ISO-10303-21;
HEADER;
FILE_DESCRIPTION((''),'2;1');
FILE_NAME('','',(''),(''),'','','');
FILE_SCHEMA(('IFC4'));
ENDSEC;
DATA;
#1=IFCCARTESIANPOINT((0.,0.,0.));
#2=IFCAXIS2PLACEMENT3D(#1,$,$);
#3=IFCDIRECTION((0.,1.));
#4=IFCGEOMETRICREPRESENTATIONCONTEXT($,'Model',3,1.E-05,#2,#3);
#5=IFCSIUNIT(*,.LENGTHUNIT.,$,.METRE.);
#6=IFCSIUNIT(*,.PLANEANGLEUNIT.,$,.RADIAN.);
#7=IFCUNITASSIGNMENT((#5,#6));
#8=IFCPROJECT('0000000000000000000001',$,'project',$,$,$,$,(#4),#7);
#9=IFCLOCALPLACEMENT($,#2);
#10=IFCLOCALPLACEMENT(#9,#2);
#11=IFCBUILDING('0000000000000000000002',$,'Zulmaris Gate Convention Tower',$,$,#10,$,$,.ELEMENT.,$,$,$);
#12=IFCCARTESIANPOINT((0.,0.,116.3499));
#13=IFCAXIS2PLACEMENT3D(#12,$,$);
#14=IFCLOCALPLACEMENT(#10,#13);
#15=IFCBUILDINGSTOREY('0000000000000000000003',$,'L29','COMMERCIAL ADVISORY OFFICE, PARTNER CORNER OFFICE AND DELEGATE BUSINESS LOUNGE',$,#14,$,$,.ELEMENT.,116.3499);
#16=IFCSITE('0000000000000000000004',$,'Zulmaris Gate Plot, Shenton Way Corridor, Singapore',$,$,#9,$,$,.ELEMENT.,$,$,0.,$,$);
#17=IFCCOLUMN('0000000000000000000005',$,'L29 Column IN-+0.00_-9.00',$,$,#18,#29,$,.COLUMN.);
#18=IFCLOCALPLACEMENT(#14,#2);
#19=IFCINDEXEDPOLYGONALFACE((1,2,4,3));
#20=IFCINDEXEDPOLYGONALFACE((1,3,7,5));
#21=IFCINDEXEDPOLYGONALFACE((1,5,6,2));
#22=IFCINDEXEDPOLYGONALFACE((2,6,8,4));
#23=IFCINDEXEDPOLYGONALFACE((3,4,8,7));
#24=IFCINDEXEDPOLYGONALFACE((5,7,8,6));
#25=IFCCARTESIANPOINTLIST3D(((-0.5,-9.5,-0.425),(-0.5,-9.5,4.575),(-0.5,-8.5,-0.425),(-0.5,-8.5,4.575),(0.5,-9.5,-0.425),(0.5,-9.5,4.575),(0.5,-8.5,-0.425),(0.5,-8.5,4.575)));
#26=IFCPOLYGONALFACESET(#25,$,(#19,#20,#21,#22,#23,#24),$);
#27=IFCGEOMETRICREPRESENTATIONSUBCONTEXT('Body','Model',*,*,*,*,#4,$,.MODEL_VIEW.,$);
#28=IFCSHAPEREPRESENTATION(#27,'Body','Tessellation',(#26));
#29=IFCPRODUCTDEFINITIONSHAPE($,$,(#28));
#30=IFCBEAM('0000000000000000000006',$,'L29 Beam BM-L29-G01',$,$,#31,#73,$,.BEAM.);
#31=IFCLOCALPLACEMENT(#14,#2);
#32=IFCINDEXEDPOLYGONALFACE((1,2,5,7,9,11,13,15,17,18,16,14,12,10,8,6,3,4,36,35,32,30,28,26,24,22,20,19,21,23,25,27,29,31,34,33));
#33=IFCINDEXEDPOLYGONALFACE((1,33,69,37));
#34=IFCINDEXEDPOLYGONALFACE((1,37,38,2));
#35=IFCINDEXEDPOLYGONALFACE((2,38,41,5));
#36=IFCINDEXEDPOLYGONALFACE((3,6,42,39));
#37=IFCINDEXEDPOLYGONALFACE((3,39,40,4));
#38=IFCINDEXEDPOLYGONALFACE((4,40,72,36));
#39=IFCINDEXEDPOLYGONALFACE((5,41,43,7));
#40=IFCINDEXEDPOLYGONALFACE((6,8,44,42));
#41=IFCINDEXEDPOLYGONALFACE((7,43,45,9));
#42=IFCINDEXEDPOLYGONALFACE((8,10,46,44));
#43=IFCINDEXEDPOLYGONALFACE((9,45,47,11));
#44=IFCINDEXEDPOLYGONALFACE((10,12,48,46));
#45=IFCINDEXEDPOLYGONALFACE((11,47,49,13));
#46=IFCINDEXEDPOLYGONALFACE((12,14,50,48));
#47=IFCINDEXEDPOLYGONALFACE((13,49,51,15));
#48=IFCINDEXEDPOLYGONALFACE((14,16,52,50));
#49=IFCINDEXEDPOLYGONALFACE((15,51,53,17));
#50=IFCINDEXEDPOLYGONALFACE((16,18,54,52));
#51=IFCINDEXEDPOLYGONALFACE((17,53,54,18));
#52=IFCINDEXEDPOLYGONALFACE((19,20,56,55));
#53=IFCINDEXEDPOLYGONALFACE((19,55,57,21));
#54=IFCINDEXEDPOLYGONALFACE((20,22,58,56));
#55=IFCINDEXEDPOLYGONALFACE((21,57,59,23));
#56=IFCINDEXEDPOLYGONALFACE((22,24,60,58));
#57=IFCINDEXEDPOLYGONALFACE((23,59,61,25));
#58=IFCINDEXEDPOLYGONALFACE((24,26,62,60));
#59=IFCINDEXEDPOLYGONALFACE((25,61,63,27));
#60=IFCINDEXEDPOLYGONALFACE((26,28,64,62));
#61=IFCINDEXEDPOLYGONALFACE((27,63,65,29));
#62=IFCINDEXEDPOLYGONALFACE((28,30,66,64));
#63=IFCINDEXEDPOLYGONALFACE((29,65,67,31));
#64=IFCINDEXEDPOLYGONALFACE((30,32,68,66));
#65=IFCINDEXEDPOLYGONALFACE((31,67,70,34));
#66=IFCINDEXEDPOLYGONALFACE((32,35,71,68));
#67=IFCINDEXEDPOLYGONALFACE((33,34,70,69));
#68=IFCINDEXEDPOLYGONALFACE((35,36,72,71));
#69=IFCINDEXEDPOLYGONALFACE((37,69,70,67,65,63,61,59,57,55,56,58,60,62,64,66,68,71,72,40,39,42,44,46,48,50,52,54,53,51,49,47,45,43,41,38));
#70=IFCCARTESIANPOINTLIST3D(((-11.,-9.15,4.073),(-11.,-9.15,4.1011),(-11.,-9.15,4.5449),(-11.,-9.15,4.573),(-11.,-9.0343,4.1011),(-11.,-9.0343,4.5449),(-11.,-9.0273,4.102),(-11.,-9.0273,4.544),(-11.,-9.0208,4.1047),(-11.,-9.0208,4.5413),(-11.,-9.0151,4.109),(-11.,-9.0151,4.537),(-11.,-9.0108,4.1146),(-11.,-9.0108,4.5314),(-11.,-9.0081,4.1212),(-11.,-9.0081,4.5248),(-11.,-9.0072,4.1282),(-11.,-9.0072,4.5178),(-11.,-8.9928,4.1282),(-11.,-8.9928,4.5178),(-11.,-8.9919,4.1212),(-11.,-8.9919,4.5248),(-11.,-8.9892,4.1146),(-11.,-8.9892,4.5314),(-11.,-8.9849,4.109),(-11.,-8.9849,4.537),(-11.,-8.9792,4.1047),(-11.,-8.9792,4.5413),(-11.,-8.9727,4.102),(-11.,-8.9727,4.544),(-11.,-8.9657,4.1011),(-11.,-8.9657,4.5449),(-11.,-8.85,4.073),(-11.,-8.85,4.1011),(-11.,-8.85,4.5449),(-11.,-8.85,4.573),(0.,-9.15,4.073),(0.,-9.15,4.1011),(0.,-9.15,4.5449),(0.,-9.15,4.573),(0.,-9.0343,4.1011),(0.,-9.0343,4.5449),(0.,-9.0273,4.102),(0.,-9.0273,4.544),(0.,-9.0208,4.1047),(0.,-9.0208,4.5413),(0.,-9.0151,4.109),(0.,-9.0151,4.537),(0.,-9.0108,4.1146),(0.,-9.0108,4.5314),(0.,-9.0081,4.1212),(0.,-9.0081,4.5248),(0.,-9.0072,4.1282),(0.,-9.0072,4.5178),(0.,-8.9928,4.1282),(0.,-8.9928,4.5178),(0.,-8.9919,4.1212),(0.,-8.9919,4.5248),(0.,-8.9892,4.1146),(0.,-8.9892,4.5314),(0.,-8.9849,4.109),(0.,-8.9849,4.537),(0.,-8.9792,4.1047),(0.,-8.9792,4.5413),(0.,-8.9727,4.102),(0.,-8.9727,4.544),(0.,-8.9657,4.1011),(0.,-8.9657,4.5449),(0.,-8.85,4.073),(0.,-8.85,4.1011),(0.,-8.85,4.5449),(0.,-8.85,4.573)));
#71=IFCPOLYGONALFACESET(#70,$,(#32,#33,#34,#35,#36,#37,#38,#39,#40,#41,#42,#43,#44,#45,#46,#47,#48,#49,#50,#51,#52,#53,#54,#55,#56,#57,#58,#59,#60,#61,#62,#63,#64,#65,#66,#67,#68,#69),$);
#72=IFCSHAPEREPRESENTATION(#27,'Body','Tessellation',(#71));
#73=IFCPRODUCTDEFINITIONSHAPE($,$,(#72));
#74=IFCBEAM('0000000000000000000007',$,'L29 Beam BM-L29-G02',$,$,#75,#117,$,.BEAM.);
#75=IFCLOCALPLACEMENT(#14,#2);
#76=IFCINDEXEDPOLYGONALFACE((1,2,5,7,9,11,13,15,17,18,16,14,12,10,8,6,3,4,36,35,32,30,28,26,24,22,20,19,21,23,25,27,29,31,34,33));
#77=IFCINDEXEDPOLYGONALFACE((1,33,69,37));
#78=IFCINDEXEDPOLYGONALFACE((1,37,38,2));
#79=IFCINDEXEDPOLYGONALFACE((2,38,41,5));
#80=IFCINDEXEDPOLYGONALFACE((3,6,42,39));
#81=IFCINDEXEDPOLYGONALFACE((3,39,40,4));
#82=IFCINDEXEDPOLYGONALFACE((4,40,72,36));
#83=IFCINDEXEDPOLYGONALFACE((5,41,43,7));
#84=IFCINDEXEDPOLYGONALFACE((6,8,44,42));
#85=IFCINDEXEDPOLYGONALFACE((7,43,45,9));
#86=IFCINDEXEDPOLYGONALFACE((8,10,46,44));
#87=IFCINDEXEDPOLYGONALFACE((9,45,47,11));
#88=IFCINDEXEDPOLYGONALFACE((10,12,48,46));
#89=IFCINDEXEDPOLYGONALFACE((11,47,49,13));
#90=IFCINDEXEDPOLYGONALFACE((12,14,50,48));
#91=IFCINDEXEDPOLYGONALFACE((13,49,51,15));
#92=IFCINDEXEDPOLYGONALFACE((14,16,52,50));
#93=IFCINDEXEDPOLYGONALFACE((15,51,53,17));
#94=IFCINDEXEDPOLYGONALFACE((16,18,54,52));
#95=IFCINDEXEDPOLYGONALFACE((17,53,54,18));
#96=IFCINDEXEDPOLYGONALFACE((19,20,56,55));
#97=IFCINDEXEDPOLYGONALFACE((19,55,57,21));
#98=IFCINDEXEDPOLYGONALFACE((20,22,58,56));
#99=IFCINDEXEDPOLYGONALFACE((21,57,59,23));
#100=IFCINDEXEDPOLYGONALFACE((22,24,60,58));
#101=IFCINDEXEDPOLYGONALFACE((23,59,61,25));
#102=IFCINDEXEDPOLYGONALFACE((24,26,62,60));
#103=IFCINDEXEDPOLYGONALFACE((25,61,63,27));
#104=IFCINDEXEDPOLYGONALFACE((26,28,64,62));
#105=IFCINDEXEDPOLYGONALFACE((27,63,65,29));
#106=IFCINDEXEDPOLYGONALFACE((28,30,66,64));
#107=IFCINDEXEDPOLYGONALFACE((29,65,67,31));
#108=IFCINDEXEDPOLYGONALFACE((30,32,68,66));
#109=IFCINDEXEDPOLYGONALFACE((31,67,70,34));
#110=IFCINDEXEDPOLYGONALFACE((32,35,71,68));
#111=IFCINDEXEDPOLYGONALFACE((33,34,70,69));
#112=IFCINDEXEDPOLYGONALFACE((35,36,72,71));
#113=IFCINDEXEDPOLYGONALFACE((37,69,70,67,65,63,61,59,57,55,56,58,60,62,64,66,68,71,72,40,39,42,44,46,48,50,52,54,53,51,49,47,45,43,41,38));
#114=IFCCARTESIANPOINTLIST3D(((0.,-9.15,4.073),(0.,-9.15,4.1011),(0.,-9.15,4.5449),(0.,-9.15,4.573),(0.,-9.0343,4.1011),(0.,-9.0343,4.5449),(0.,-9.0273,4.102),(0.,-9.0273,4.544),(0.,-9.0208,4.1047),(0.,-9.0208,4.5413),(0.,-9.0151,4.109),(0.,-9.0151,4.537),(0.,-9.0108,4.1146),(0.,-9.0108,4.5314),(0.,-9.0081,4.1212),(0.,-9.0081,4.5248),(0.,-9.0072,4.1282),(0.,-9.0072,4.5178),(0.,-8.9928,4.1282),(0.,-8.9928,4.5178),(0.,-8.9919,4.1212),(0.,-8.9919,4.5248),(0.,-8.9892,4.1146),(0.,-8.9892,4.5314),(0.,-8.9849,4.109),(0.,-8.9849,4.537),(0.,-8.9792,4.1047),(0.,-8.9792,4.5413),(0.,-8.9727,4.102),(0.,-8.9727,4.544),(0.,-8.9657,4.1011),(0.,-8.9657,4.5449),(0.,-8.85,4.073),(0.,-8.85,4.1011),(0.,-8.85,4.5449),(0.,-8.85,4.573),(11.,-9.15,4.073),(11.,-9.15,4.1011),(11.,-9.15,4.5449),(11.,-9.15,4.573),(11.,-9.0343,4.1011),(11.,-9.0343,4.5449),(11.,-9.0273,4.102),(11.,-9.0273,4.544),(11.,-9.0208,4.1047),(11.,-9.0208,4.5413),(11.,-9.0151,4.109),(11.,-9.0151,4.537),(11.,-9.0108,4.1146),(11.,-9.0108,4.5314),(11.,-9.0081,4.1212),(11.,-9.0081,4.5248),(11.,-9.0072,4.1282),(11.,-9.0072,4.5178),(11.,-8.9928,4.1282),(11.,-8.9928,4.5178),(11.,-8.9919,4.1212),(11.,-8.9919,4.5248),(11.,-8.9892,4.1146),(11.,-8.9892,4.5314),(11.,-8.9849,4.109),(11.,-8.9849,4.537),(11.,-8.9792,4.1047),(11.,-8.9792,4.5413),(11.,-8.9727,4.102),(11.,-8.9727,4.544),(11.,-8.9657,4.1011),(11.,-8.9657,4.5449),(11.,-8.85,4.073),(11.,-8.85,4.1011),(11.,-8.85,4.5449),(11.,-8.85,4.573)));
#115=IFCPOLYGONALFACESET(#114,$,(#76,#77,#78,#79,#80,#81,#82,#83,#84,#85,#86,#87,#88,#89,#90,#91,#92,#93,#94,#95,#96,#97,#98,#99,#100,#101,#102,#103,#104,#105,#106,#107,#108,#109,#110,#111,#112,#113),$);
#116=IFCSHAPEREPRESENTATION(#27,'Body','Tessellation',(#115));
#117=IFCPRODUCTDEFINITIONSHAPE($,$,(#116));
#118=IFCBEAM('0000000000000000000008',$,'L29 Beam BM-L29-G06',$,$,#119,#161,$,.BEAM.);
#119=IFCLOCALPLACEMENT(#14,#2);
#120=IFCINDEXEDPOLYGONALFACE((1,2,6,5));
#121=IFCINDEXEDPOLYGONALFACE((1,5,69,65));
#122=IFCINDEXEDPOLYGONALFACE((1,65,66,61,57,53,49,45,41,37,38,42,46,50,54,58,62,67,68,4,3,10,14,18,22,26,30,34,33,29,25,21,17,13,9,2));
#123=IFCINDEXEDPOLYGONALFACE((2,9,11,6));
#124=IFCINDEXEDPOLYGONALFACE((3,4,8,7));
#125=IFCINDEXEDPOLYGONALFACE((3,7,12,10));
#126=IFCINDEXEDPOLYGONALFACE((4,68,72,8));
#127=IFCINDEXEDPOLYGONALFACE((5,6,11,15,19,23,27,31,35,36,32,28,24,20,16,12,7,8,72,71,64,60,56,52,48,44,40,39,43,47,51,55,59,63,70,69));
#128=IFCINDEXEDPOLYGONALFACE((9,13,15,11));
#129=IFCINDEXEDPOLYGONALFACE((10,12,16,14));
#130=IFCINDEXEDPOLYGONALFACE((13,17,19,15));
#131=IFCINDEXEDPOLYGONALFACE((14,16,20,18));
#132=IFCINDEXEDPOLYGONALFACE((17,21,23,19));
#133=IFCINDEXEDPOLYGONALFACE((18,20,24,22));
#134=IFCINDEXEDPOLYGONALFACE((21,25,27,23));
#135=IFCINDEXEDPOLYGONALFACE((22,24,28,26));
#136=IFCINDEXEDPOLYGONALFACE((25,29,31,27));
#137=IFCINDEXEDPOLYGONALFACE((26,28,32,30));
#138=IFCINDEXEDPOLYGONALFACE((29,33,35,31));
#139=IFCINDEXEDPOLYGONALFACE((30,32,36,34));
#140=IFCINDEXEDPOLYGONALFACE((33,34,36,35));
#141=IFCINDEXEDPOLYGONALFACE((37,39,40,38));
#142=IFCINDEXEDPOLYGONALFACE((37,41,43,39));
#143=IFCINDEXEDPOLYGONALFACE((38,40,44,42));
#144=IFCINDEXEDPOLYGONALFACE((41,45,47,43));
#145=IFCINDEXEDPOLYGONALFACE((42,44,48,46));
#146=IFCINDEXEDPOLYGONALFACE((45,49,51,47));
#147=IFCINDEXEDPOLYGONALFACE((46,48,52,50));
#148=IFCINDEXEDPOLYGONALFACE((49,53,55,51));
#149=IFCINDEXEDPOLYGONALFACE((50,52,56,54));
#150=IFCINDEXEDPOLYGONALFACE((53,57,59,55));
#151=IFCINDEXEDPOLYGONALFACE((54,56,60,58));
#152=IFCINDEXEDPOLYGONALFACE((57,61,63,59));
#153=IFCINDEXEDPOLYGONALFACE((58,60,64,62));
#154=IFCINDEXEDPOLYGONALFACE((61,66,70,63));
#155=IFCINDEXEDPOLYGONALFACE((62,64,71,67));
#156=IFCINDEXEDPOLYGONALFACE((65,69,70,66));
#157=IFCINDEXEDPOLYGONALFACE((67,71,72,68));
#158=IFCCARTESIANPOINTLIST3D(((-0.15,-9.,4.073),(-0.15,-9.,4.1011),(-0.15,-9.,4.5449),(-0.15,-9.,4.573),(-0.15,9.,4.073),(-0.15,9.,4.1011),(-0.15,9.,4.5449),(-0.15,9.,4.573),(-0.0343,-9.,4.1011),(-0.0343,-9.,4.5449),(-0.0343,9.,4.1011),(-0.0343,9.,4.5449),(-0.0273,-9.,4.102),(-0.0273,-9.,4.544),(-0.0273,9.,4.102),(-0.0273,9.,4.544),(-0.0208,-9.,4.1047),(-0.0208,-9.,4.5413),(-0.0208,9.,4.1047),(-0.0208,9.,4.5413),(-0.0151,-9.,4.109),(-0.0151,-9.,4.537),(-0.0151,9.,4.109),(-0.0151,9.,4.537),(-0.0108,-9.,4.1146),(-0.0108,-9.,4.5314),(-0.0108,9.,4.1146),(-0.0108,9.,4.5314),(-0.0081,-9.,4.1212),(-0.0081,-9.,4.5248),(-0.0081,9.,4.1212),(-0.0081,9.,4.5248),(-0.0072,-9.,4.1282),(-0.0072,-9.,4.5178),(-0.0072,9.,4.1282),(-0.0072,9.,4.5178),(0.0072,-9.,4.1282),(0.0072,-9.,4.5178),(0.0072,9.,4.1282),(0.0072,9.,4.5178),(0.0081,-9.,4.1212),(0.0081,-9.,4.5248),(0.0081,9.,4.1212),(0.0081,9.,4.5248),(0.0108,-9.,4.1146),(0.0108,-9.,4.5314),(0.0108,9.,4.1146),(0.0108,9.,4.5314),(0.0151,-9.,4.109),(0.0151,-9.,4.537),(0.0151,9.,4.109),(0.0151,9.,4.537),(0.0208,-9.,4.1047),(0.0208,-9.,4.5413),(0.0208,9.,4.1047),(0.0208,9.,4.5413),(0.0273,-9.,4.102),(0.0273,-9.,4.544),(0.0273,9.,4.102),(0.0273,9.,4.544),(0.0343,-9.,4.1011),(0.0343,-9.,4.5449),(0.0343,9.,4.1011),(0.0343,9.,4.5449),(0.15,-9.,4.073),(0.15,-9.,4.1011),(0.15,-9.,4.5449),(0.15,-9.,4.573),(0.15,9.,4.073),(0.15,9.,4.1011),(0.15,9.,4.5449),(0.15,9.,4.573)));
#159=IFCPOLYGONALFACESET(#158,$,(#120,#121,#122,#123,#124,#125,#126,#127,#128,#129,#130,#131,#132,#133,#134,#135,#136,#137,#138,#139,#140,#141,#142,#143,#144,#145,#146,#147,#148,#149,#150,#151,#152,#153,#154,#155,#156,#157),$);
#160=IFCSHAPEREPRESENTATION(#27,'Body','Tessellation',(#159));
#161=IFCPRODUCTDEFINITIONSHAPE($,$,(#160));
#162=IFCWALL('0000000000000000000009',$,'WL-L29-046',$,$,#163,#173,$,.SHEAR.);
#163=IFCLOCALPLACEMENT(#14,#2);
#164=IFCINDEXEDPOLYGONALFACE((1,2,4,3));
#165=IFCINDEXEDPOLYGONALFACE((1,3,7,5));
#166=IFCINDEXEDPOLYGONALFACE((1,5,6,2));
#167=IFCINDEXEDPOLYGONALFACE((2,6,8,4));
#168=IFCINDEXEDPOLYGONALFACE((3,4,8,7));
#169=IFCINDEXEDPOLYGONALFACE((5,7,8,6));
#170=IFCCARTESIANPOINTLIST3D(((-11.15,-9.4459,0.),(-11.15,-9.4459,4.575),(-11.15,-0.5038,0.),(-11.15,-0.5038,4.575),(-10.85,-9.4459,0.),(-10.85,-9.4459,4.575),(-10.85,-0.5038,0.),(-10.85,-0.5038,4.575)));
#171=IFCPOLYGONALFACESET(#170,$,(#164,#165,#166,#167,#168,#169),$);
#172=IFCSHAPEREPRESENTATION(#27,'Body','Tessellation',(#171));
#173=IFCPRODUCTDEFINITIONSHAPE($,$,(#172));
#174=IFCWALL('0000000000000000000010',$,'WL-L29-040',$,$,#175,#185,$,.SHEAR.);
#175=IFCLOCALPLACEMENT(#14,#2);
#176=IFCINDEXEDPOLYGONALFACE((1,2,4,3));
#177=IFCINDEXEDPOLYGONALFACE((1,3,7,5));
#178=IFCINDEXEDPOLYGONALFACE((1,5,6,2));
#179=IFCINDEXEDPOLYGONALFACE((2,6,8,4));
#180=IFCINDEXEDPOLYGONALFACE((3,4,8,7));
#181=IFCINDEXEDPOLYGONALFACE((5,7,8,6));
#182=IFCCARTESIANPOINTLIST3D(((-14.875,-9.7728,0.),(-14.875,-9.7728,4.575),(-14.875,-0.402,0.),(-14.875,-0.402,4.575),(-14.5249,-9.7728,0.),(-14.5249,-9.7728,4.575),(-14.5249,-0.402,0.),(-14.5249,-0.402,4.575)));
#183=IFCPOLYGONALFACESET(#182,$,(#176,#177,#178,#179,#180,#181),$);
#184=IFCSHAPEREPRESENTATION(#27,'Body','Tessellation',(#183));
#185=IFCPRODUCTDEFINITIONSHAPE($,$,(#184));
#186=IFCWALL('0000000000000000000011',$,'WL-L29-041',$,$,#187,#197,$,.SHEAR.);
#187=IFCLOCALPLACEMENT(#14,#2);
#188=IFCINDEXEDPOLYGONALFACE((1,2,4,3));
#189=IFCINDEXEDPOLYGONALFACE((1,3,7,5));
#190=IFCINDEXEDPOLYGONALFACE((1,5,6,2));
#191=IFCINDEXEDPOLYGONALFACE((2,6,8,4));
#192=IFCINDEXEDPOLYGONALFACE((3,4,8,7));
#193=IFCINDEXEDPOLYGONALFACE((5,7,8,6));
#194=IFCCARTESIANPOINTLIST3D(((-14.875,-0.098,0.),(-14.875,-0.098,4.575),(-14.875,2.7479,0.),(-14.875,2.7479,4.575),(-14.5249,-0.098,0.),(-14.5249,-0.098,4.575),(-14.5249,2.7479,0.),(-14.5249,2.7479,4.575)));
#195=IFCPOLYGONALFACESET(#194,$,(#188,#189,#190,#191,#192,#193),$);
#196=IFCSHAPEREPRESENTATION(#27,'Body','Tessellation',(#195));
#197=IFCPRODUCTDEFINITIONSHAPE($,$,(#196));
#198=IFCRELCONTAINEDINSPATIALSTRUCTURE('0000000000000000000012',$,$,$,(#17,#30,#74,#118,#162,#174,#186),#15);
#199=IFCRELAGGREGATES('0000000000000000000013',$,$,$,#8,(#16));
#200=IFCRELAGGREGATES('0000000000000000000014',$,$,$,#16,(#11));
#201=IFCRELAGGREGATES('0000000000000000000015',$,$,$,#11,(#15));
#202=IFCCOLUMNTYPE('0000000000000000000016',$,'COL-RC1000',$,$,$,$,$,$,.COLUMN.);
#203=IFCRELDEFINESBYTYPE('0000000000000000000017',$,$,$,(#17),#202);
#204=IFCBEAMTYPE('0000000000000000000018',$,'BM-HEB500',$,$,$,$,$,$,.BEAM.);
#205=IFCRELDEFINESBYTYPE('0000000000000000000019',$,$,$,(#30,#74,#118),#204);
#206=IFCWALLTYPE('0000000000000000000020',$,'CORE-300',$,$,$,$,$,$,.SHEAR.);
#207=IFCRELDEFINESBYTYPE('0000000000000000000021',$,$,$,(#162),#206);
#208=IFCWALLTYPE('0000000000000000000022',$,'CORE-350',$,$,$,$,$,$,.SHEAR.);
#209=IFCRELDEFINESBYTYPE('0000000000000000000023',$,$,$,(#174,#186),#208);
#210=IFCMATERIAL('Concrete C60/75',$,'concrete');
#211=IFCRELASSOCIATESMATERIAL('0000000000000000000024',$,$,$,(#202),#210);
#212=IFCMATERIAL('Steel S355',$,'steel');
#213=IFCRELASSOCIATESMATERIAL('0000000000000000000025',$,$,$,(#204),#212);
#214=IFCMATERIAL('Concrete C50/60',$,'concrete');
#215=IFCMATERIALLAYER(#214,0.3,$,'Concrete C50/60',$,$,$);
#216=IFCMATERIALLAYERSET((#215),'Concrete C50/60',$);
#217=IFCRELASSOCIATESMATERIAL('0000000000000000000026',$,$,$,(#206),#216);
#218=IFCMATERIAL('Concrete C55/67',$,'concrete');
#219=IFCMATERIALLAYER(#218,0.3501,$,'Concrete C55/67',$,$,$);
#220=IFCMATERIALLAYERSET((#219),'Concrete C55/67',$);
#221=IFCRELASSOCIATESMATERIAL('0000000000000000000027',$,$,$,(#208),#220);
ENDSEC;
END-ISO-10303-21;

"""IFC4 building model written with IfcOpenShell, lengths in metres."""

from ifc_helpers import new_model, si_unit, direction, frame, frame_2d, origin, origin_2d, place, context, subcontext, project, spatial, rectangle, i_section, extrude, material, layer, layer_set, material_profile, profile_set, type_object, element, save


model = new_model("IFC4")

# Units and contexts
model_context = context("Model", 3, precision=1e-05, world=origin(), true_north=direction((0.0, 1.0)))
body_context = subcontext(model_context, "Body", "Model", "MODEL_VIEW")
ifc_project = project(units=[si_unit("LENGTHUNIT", "METRE"), si_unit("PLANEANGLEUNIT", "RADIAN")], contexts=[model_context])

# Site, building, storey
site_placement = place(None, origin())
site = spatial("IfcSite", under=ifc_project, at=site_placement, Name="Zulmaris Gate Plot, Shenton Way Corridor, Singapore", CompositionType="ELEMENT", RefElevation=0.0)
building_placement = place(site_placement, origin())
building = spatial("IfcBuilding", under=site, at=building_placement, Name="Zulmaris Gate Convention Tower", CompositionType="ELEMENT")
storey_placement = place(building_placement, frame((0.0, 0.0, 116.3499)))
storey = spatial("IfcBuildingStorey", under=building, at=storey_placement, Name="L29", Description="COMMERCIAL ADVISORY OFFICE, PARTNER CORNER OFFICE AND DELEGATE BUSINESS LOUNGE", CompositionType="ELEMENT", Elevation=116.3499)

# Column
ifc_material_1 = material(Name="Concrete C60/75", Category="concrete")
ifc_material_profile_1 = material_profile(ifc_material_1, rectangle(XDim=1.0, YDim=1.0, at=origin_2d()), Name="RC COL 1000x1000")
ifc_profile_set_1 = profile_set([ifc_material_profile_1], Name="Concrete C60/75")
column_type = type_object("IfcColumnType", Name="COL-RC1000", PredefinedType="COLUMN", material=ifc_profile_set_1)
column_placement = place(storey_placement, frame((0.0, -9.0, -0.425), z_axis=(0.0, 0.0, 1.0), x_axis=(1.0, 0.0, 0.0)))
element("IfcColumn", 1, at=column_placement, inside=storey, type_object=column_type, Name="L29 Column IN-+0.00_-9.00", PredefinedType="COLUMN", context=body_context, shape_type="SweptSolid", body=[
    extrude(rectangle(XDim=1.0, YDim=1.0, at=origin_2d()), origin(), (0.0, 0.0, 1.0), 5.0),
])

# Beams
ifc_material_2 = material(Name="Steel S355", Category="steel")
ifc_material_profile_2 = material_profile(ifc_material_2, i_section(OverallWidth=0.3, OverallDepth=0.5, WebThickness=0.0144, FlangeThickness=0.0281, FilletRadius=0.0271, at=origin_2d()), Name="HEB 500")
ifc_profile_set_2 = profile_set([ifc_material_profile_2], Name="Steel S355")
beam_type = type_object("IfcBeamType", Name="BM-HEB500", PredefinedType="BEAM", material=ifc_profile_set_2)
for number, where, z_axis, x_axis, name in (
    (2, (-11.0, -9.0, 4.323), (1.0, 0.0, 0.0), (0.0, 1.0, 0.0), "L29 Beam BM-L29-G01"),
    (3, (0.0, -9.0, 4.323), (1.0, 0.0, 0.0), (0.0, 1.0, 0.0), "L29 Beam BM-L29-G02"),
):
    element("IfcBeam", number, at=place(storey_placement, frame(where, z_axis=z_axis, x_axis=x_axis)), inside=storey, type_object=beam_type, Name=name, PredefinedType="BEAM", context=body_context, shape_type="SweptSolid", body=[
        extrude(i_section(OverallWidth=0.3, OverallDepth=0.5, WebThickness=0.0144, FlangeThickness=0.0281, FilletRadius=0.0271, at=origin_2d()), origin(), (0.0, 0.0, 1.0), 11.0),
    ])
beam_placement = place(storey_placement, frame((0.0, -9.0, 4.323), z_axis=(0.0, 1.0, 0.0), x_axis=(-1.0, 0.0, 0.0)))
element("IfcBeam", 4, at=beam_placement, inside=storey, type_object=beam_type, Name="L29 Beam BM-L29-G06", PredefinedType="BEAM", context=body_context, shape_type="SweptSolid", body=[
    extrude(i_section(OverallWidth=0.3, OverallDepth=0.5, WebThickness=0.0144, FlangeThickness=0.0281, FilletRadius=0.0271, at=origin_2d()), origin(), (0.0, 0.0, 1.0), 18.0),
])

# Walls
ifc_material_3 = material(Name="Concrete C50/60", Category="concrete")
ifc_layer_1 = layer(ifc_material_3, 0.3, Name="Concrete C50/60")
ifc_layer_set_1 = layer_set([ifc_layer_1], Name="Concrete C50/60")
wall_type_1 = type_object("IfcWallType", Name="CORE-300", PredefinedType="SHEAR", material=ifc_layer_set_1)
wall_1_placement = place(storey_placement, frame((-11.0, -9.446, 0.0), z_axis=(0.0, 0.0, 1.0), x_axis=(0.0, 1.0, 0.0)))
element("IfcWall", 5, at=wall_1_placement, inside=storey, type_object=wall_type_1, Name="WL-L29-046", PredefinedType="SHEAR", context=body_context, shape_type="SweptSolid", body=[
    extrude(rectangle(XDim=8.9421, YDim=0.3, at=frame_2d((4.4712, 0.0))), origin(), (0.0, 0.0, 1.0), 4.575),
])
ifc_material_4 = material(Name="Concrete C55/67", Category="concrete")
ifc_layer_2 = layer(ifc_material_4, 0.3501, Name="Concrete C55/67")
ifc_layer_set_2 = layer_set([ifc_layer_2], Name="Concrete C55/67")
wall_type_2 = type_object("IfcWallType", Name="CORE-350", PredefinedType="SHEAR", material=ifc_layer_set_2)
wall_2_placement = place(storey_placement, frame((-14.7, -9.7729, 0.0), z_axis=(0.0, 0.0, 1.0), x_axis=(0.0, 1.0, 0.0)))
element("IfcWall", 6, at=wall_2_placement, inside=storey, type_object=wall_type_2, Name="WL-L29-040", PredefinedType="SHEAR", context=body_context, shape_type="SweptSolid", body=[
    extrude(rectangle(XDim=9.3708, YDim=0.3501, at=frame_2d((4.6855, 0.0))), origin(), (0.0, 0.0, 1.0), 4.575),
])
wall_3_placement = place(storey_placement, frame((-14.7, -0.0979, 0.0), z_axis=(0.0, 0.0, 1.0), x_axis=(0.0, 1.0, 0.0)))
element("IfcWall", 7, at=wall_3_placement, inside=storey, type_object=wall_type_2, Name="WL-L29-041", PredefinedType="SHEAR", context=body_context, shape_type="SweptSolid", body=[
    extrude(rectangle(XDim=2.8459, YDim=0.3501, at=frame_2d((1.4229, 0.0))), origin(), (0.0, 0.0, 1.0), 4.575),
])

save(model, "model.ifc")
